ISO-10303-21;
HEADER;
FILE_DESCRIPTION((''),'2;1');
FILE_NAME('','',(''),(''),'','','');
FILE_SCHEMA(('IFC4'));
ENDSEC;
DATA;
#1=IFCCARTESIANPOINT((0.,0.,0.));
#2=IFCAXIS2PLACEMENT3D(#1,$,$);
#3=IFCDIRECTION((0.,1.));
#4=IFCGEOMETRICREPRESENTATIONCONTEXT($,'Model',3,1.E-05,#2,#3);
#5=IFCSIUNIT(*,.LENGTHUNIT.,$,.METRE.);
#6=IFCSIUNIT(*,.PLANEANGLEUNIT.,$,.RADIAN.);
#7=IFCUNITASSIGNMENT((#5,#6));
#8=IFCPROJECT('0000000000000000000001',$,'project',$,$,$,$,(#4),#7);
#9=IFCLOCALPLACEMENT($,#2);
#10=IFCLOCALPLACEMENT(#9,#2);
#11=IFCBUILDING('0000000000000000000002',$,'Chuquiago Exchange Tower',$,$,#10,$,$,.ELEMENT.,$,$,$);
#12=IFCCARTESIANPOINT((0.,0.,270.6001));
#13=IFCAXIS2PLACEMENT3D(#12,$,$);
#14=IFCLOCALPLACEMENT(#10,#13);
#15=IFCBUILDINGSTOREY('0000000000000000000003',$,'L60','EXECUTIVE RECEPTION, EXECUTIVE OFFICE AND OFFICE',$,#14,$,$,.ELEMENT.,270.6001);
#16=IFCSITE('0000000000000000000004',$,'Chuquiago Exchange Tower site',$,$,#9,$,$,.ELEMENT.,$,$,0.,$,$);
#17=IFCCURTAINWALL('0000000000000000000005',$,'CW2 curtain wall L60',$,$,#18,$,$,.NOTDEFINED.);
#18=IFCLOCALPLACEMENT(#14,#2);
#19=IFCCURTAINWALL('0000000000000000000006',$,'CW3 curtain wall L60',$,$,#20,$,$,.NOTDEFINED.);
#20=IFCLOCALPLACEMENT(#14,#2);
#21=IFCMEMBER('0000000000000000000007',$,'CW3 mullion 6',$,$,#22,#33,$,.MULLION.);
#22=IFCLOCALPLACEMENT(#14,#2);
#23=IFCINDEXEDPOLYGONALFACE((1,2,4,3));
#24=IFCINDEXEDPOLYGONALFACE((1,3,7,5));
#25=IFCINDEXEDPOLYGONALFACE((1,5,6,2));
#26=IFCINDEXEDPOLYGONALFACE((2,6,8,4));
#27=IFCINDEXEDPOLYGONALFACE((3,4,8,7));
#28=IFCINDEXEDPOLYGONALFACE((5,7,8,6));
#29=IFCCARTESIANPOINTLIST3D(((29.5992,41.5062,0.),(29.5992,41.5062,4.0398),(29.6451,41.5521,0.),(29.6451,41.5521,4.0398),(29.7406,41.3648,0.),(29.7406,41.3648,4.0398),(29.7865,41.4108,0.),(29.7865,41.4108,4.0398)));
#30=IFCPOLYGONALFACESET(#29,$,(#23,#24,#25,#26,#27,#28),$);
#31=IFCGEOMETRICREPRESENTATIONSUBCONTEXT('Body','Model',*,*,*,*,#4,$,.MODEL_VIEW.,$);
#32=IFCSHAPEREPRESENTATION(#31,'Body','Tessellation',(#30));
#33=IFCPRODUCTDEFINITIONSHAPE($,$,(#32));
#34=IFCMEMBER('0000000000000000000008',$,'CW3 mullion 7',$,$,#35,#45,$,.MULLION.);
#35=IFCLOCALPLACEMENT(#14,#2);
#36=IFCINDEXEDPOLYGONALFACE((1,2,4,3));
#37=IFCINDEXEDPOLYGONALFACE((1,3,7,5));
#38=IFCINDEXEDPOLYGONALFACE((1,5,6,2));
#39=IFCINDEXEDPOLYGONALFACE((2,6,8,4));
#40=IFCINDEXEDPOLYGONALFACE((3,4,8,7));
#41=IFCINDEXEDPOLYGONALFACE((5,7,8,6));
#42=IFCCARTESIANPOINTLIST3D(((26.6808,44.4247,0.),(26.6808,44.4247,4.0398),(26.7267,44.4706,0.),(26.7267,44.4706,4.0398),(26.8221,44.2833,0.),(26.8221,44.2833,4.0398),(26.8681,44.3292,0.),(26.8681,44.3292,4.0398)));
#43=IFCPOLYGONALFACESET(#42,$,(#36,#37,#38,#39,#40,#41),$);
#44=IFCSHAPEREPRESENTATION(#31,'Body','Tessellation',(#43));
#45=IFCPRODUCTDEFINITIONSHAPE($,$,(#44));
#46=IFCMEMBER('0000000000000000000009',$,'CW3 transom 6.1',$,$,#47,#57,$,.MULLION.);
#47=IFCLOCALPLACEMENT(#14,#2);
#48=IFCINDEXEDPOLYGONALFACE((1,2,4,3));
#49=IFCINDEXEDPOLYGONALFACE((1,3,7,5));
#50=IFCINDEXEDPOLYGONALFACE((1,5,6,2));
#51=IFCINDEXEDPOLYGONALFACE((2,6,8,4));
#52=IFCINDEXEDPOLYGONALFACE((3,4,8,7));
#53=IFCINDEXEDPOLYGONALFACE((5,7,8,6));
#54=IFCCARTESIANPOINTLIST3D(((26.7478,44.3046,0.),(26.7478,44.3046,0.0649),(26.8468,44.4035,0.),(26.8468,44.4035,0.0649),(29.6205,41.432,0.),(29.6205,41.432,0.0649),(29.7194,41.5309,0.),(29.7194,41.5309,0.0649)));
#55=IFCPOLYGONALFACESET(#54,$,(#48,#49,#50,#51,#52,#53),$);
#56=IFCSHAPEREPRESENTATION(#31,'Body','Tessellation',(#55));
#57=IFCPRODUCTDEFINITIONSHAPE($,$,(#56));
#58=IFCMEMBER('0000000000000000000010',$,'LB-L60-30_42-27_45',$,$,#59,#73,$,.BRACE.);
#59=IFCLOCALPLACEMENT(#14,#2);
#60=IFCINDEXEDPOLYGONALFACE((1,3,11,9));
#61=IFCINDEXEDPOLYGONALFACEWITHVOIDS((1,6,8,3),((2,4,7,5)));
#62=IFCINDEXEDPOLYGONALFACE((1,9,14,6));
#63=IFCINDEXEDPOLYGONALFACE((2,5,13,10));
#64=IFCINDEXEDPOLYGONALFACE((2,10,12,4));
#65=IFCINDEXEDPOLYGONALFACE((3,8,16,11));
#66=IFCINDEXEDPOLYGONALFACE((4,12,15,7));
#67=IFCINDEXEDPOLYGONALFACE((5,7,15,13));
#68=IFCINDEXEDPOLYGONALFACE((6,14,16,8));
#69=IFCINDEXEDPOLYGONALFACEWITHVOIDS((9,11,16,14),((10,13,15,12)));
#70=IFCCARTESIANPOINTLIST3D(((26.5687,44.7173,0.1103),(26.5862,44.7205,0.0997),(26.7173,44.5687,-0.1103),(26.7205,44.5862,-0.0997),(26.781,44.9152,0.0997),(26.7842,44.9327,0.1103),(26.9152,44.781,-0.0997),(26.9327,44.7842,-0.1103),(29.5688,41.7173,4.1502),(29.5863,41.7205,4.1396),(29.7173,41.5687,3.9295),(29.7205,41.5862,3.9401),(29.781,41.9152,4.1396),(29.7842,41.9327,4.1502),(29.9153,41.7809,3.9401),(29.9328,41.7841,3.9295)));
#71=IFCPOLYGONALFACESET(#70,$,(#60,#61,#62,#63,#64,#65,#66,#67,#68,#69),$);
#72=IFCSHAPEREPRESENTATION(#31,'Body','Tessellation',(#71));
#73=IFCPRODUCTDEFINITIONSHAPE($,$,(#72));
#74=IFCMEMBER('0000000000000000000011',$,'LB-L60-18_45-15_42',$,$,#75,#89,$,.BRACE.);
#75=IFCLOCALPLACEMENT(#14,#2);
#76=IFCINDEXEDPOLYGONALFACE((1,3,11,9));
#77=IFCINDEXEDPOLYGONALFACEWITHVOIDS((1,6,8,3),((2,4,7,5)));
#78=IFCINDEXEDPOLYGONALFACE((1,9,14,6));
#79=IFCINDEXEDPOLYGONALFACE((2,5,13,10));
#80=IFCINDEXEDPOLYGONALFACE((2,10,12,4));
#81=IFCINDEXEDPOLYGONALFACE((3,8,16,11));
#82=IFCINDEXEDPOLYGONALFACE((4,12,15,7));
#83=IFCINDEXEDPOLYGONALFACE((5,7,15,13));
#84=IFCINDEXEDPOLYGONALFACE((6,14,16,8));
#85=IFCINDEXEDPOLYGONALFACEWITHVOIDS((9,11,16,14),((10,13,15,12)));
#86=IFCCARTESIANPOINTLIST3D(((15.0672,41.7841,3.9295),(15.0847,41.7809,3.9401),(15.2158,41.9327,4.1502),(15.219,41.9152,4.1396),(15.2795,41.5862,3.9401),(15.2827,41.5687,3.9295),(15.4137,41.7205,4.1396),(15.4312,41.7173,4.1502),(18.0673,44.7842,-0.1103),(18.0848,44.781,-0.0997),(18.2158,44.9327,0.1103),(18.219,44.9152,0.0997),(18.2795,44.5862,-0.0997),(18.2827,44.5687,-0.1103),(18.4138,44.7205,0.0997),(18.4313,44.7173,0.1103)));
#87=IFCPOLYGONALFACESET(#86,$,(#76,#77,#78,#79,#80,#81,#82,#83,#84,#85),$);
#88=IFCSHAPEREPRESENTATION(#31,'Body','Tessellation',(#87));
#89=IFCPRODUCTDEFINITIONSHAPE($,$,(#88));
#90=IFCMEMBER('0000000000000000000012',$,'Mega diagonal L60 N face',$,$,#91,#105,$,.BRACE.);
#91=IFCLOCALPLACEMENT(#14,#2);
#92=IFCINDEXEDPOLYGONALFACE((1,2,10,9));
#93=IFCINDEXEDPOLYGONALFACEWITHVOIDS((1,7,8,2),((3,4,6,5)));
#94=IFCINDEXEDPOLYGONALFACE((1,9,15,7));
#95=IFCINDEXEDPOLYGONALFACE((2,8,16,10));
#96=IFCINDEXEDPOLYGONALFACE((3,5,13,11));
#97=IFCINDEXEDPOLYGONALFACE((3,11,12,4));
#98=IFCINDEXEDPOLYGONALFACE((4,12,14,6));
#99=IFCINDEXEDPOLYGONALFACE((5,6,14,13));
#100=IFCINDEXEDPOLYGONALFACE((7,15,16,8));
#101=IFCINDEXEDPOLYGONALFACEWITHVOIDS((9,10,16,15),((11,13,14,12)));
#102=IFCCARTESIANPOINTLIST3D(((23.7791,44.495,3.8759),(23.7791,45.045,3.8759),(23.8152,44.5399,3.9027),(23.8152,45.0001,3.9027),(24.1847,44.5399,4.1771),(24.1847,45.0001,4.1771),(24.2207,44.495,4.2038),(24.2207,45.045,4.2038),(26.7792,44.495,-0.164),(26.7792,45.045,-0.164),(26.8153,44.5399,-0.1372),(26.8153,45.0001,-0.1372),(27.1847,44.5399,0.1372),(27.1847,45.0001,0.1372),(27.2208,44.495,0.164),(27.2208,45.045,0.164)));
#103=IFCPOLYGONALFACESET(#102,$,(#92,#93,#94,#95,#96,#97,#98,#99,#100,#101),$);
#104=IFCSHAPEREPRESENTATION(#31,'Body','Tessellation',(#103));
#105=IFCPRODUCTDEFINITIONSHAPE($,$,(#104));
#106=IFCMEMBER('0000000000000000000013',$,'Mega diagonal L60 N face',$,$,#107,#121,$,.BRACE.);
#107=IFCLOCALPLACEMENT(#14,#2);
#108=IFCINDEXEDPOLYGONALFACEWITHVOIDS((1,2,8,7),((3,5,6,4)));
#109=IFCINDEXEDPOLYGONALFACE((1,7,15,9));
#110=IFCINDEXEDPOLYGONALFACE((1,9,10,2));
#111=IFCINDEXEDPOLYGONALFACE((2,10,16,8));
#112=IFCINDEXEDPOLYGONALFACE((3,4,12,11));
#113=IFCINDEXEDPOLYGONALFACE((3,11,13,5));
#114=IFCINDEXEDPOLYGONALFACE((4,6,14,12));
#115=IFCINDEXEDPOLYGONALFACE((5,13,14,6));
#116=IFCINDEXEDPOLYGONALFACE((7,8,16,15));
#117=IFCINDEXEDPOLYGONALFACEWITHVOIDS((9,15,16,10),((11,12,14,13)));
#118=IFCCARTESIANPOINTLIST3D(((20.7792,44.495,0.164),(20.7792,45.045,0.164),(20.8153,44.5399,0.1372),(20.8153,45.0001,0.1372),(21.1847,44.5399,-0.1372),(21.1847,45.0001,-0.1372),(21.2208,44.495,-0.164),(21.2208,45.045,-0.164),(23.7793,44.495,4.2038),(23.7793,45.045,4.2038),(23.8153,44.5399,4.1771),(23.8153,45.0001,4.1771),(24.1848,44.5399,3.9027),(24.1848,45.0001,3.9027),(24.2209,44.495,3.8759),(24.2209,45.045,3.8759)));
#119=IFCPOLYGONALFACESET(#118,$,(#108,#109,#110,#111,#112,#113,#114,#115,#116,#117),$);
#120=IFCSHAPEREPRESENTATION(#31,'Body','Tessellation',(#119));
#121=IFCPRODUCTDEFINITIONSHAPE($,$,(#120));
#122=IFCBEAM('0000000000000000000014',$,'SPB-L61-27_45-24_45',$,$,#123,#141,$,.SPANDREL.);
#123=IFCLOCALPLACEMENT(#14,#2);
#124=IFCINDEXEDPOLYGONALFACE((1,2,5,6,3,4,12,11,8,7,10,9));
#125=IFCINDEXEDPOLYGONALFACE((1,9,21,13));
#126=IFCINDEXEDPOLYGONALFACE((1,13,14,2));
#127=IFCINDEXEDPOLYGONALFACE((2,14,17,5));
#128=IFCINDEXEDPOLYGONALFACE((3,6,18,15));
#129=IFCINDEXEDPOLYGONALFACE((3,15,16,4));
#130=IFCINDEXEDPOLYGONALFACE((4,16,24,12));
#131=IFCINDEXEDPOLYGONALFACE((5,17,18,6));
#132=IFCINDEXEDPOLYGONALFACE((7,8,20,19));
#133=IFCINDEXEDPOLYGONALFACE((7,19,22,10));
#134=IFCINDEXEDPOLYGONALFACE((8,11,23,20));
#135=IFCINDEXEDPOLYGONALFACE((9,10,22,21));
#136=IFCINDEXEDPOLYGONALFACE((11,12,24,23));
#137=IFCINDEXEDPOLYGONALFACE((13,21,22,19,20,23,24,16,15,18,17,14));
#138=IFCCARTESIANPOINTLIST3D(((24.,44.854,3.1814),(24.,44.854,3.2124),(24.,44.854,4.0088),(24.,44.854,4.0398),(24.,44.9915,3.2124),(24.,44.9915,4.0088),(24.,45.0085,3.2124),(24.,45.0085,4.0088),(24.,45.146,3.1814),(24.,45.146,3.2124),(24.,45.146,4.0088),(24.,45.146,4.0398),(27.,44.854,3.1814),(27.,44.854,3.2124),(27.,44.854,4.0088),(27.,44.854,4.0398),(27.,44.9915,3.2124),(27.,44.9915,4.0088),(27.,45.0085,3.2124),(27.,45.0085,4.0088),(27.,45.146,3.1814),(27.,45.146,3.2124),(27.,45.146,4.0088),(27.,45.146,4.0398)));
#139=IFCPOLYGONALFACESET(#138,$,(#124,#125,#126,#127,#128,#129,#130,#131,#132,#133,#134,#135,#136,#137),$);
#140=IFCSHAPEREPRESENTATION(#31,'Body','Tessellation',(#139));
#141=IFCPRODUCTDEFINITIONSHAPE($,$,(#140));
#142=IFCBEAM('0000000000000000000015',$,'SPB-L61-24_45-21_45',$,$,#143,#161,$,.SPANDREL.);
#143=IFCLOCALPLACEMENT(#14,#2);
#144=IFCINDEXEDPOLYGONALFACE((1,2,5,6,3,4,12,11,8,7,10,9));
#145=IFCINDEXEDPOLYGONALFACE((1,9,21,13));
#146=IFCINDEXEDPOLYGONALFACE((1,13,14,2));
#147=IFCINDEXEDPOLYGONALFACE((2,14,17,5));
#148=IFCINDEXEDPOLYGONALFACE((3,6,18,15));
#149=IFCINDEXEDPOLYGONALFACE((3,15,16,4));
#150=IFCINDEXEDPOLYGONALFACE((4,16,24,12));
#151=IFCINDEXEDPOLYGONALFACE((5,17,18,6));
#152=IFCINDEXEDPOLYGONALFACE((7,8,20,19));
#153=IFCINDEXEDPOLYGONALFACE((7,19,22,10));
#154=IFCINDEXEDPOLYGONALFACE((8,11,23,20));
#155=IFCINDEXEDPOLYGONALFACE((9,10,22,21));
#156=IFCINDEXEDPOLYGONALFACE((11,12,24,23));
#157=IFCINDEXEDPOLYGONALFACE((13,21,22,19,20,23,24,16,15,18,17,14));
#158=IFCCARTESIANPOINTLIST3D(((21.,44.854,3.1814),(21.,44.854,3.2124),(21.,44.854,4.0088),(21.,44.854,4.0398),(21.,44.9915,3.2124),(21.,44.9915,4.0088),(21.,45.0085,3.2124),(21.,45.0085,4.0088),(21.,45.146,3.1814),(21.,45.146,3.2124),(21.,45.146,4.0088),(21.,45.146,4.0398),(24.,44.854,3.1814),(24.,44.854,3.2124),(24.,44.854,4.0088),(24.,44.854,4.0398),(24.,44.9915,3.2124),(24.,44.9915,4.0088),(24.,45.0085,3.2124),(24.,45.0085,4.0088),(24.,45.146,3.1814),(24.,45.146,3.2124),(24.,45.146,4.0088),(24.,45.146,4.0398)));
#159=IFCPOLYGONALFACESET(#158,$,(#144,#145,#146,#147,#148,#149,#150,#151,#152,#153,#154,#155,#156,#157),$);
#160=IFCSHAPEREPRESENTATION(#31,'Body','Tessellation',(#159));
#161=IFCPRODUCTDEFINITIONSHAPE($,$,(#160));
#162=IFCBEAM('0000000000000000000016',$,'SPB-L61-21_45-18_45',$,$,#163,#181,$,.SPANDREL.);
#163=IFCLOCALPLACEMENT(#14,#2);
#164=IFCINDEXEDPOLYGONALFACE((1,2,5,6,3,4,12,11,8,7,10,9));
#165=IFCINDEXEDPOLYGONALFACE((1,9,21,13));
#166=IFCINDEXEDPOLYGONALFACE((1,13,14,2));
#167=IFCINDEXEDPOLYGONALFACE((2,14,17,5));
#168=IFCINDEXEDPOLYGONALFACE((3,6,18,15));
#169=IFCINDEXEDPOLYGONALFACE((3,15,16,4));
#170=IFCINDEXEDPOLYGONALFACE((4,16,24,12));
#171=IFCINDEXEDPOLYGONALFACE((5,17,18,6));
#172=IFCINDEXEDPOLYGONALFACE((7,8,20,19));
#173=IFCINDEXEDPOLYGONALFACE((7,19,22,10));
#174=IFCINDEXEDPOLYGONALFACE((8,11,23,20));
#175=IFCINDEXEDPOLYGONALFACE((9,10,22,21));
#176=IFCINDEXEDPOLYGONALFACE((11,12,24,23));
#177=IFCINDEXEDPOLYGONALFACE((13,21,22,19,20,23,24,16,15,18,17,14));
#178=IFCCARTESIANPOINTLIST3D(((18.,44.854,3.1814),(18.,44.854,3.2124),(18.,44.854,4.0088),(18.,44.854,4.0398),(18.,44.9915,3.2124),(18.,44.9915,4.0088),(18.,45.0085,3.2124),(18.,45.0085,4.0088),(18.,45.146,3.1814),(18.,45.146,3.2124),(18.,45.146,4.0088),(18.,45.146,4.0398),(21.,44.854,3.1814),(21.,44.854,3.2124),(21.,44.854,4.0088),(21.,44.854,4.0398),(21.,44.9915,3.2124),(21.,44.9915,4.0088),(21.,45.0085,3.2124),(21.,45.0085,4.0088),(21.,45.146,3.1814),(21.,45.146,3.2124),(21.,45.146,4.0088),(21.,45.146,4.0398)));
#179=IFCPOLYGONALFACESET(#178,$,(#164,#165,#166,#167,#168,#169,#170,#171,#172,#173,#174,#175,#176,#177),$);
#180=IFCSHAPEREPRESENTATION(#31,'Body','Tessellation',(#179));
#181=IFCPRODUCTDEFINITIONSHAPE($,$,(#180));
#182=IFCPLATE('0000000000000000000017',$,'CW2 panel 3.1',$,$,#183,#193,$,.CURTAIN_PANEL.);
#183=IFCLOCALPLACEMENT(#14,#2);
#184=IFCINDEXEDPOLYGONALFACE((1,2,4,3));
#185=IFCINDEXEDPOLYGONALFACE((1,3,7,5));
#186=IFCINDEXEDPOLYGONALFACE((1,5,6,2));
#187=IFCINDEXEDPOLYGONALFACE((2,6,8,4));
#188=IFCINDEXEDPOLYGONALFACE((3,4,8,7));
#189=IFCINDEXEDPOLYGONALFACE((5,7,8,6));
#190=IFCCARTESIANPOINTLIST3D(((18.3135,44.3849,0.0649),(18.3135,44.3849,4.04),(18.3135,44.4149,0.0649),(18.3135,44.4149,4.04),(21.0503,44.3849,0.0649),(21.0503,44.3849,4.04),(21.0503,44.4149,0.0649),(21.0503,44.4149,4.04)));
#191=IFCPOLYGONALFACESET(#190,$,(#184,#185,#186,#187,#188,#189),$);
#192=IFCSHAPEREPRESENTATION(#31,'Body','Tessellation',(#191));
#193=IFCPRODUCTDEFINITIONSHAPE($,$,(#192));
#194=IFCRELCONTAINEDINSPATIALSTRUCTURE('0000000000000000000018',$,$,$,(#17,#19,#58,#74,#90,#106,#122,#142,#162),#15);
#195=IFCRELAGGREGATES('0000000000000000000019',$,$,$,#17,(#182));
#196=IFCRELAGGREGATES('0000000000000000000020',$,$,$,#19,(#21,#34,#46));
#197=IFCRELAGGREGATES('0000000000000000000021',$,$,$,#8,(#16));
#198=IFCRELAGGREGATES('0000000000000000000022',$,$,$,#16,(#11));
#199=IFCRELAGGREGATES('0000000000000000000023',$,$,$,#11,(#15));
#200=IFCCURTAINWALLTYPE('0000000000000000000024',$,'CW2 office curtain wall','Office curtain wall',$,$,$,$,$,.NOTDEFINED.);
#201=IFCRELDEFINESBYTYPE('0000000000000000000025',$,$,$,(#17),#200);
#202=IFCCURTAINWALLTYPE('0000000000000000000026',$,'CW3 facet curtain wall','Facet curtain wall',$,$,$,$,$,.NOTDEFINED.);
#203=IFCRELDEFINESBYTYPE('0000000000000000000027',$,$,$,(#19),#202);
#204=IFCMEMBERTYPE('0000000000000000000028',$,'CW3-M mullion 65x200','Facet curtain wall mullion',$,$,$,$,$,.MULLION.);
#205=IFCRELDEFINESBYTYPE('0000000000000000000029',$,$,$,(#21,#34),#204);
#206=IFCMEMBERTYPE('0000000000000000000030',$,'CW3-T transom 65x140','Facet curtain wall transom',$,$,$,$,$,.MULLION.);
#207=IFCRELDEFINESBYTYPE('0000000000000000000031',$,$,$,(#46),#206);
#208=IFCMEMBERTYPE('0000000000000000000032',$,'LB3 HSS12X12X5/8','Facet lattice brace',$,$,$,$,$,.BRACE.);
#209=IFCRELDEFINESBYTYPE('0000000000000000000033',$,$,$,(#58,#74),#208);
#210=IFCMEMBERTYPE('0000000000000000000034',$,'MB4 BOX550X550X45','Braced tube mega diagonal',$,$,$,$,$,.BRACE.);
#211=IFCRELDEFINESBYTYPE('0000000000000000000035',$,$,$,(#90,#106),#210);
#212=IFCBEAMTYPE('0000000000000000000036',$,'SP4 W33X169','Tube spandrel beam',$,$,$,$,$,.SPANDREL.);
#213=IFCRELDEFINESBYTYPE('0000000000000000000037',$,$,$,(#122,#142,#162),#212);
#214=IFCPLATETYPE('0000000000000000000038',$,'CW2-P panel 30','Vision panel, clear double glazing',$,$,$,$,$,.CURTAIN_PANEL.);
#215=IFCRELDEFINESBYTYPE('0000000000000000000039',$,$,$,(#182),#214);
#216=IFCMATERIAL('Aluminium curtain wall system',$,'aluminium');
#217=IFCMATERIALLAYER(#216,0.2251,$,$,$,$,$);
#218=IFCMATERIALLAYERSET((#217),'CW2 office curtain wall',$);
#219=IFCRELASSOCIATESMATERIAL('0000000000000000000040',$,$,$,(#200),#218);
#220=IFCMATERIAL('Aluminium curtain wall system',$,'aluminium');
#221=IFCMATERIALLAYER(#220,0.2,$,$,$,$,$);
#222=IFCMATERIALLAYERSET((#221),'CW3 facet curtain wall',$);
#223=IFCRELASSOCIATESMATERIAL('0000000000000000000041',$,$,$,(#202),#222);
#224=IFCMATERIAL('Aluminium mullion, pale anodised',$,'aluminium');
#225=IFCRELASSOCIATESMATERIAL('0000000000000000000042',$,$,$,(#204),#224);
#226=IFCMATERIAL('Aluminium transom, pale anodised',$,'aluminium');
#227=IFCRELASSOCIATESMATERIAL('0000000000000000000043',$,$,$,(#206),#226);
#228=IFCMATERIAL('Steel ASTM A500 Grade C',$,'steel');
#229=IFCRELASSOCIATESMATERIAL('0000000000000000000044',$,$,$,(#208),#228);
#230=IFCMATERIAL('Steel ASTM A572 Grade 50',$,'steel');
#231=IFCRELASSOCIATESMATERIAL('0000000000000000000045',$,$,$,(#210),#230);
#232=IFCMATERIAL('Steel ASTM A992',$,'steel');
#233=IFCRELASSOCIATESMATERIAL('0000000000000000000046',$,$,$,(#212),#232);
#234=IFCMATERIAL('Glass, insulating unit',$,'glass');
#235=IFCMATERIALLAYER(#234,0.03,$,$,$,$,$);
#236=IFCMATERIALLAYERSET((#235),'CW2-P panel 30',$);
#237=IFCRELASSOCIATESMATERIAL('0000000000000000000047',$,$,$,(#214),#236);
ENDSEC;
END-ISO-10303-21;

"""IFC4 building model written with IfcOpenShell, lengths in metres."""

from ifc_helpers import new_model, si_unit, direction, frame, origin, origin_2d, place, context, subcontext, project, spatial, rectangle, hollow_rectangle, i_section, extrude, material, layer, layer_set, material_profile, profile_set, type_object, element, aggregate, save


model = new_model("IFC4")

# Units and contexts
model_context = context("Model", 3, precision=1e-05, world=origin(), true_north=direction((0.0, 1.0)))
body_context = subcontext(model_context, "Body", "Model", "MODEL_VIEW")
ifc_project = project(units=[si_unit("LENGTHUNIT", "METRE"), si_unit("PLANEANGLEUNIT", "RADIAN")], contexts=[model_context])

# Site, building, storey
site_placement = place(None, origin())
site = spatial("IfcSite", under=ifc_project, at=site_placement, Name="Chuquiago Exchange Tower site", CompositionType="ELEMENT", RefElevation=0.0)
building_placement = place(site_placement, origin())
building = spatial("IfcBuilding", under=site, at=building_placement, Name="Chuquiago Exchange Tower", CompositionType="ELEMENT")
storey_placement = place(building_placement, frame((0.0, 0.0, 270.6001)))
storey = spatial("IfcBuildingStorey", under=building, at=storey_placement, Name="L60", Description="EXECUTIVE RECEPTION, EXECUTIVE OFFICE AND OFFICE", CompositionType="ELEMENT", Elevation=270.6001)

# Curtain walls, members
ifc_material_1 = material(Name="Aluminium curtain wall system", Category="aluminium")
ifc_layer_1 = layer(ifc_material_1, 0.2251)
ifc_layer_set_1 = layer_set([ifc_layer_1], Name="CW2 office curtain wall")
curtain_wall_type_1 = type_object("IfcCurtainWallType", Name="CW2 office curtain wall", Description="Office curtain wall", PredefinedType="NOTDEFINED", material=ifc_layer_set_1)
curtain_wall_1_placement = place(storey_placement, origin())
curtain_wall_1 = element("IfcCurtainWall", 1, at=curtain_wall_1_placement, inside=storey, type_object=curtain_wall_type_1, Name="CW2 curtain wall L60", PredefinedType="NOTDEFINED")
ifc_material_2 = material(Name="Aluminium curtain wall system", Category="aluminium")
ifc_layer_2 = layer(ifc_material_2, 0.2)
ifc_layer_set_2 = layer_set([ifc_layer_2], Name="CW3 facet curtain wall")
curtain_wall_type_2 = type_object("IfcCurtainWallType", Name="CW3 facet curtain wall", Description="Facet curtain wall", PredefinedType="NOTDEFINED", material=ifc_layer_set_2)
curtain_wall_2_placement = place(storey_placement, origin())
curtain_wall_2 = element("IfcCurtainWall", 2, at=curtain_wall_2_placement, inside=storey, type_object=curtain_wall_type_2, Name="CW3 curtain wall L60", PredefinedType="NOTDEFINED")
ifc_material_3 = material(Name="Aluminium mullion, pale anodised", Category="aluminium")
ifc_material_profile_1 = material_profile(ifc_material_3, rectangle(XDim=0.0649, YDim=0.2, at=origin_2d()), Name="AL 65x200")
ifc_profile_set_1 = profile_set([ifc_material_profile_1], Name="Aluminium mullion, pale anodised")
member_type_1 = type_object("IfcMemberType", Name="CW3-M mullion 65x200", Description="Facet curtain wall mullion", PredefinedType="MULLION", material=ifc_profile_set_1)
member_1_placement = place(storey_placement, frame((29.6929, 41.4585, 0.0), z_axis=(0.0, 0.0, 1.0), x_axis=(-0.707107, -0.707107, 0.0)))
member_1 = element("IfcMember", 3, at=member_1_placement, type_object=member_type_1, Name="CW3 mullion 6", PredefinedType="MULLION", context=body_context, shape_type="SweptSolid", body=[
    extrude(rectangle(XDim=0.0649, YDim=0.2, at=origin_2d()), origin(), (0.0, 0.0, 1.0), 4.0398),
])
member_2_placement = place(storey_placement, frame((26.7744, 44.377, 0.0), z_axis=(0.0, 0.0, 1.0), x_axis=(-0.707107, -0.707107, 0.0)))
member_2 = element("IfcMember", 4, at=member_2_placement, type_object=member_type_1, Name="CW3 mullion 7", PredefinedType="MULLION", context=body_context, shape_type="SweptSolid", body=[
    extrude(rectangle(XDim=0.0649, YDim=0.2, at=origin_2d()), origin(), (0.0, 0.0, 1.0), 4.0398),
])
ifc_material_4 = material(Name="Aluminium transom, pale anodised", Category="aluminium")
ifc_material_profile_2 = material_profile(ifc_material_4, rectangle(XDim=0.1399, YDim=0.0649, at=origin_2d()), Name="AL 140x65")
ifc_profile_set_2 = profile_set([ifc_material_profile_2], Name="Aluminium transom, pale anodised")
member_type_2 = type_object("IfcMemberType", Name="CW3-T transom 65x140", Description="Facet curtain wall transom", PredefinedType="MULLION", material=ifc_profile_set_2)
member_3_placement = place(storey_placement, frame((29.6699, 41.4814, 0.0325), z_axis=(-0.707107, 0.707107, 0.0), x_axis=(-0.707107, -0.707107, 0.0)))
member_3 = element("IfcMember", 5, at=member_3_placement, type_object=member_type_2, Name="CW3 transom 6.1", PredefinedType="MULLION", context=body_context, shape_type="SweptSolid", body=[
    extrude(rectangle(XDim=0.1399, YDim=0.0649, at=origin_2d()), origin(), (0.0, 0.0, 1.0), 4.0625),
])

# Members
ifc_material_5 = material(Name="Steel ASTM A500 Grade C", Category="steel")
ifc_material_profile_3 = material_profile(ifc_material_5, hollow_rectangle(XDim=0.3047, YDim=0.3047, WallThickness=0.0146, at=origin_2d()), Name="HSS12X12X5/8")
ifc_profile_set_3 = profile_set([ifc_material_profile_3], Name="Steel ASTM A500 Grade C")
member_type_3 = type_object("IfcMemberType", Name="LB3 HSS12X12X5/8", Description="Facet lattice brace", PredefinedType="BRACE", material=ifc_profile_set_3)
for number, where, z_axis, x_axis, name in (
    (6, (26.7507, 44.7507, 0.0), (0.512092, -0.512092, 0.689582), (0.707107, 0.707107, 0.0), "LB-L60-30_42-27_45"),
    (7, (18.2493, 44.7507, 0.0), (-0.512092, -0.512092, 0.689582), (0.707107, -0.707107, 0.0), "LB-L60-18_45-15_42"),
):
    element("IfcMember", number, at=place(storey_placement, frame(where, z_axis=z_axis, x_axis=x_axis)), inside=storey, type_object=member_type_3, Name=name, PredefinedType="BRACE", context=body_context, shape_type="SweptSolid", body=[
        extrude(hollow_rectangle(XDim=0.3047, YDim=0.3047, WallThickness=0.0146, at=origin_2d()), origin(), (0.0, 0.0, 1.0), 5.8584),
    ])
ifc_material_6 = material(Name="Steel ASTM A572 Grade 50", Category="steel")
ifc_material_profile_4 = material_profile(ifc_material_6, hollow_rectangle(XDim=0.55, YDim=0.55, WallThickness=0.0449, at=origin_2d()), Name="BOX550X550X45")
ifc_profile_set_4 = profile_set([ifc_material_profile_4], Name="Steel ASTM A572 Grade 50")
member_type_4 = type_object("IfcMemberType", Name="MB4 BOX550X550X45", Description="Braced tube mega diagonal", PredefinedType="BRACE", material=ifc_profile_set_4)
for number, where, z_axis, x_axis, name in (
    (8, (27.0, 44.77, 0.0), (-0.596197, 0.0, 0.802838), (0.0, -1.0, 0.0), "Mega diagonal L60 N face"),
    (9, (21.0, 44.77, 0.0), (0.596197, 0.0, 0.802838), (0.0, 1.0, 0.0), "Mega diagonal L60 N face"),
):
    element("IfcMember", number, at=place(storey_placement, frame(where, z_axis=z_axis, x_axis=x_axis)), inside=storey, type_object=member_type_4, Name=name, PredefinedType="BRACE", context=body_context, shape_type="SweptSolid", body=[
        extrude(hollow_rectangle(XDim=0.55, YDim=0.55, WallThickness=0.0449, at=origin_2d()), origin(), (0.0, 0.0, 1.0), 5.032),
    ])

# Beams
ifc_material_7 = material(Name="Steel ASTM A992", Category="steel")
ifc_material_profile_5 = material_profile(ifc_material_7, i_section(OverallWidth=0.292, OverallDepth=0.8584, WebThickness=0.0171, FlangeThickness=0.031, at=origin_2d()), Name="W33X169")
ifc_profile_set_5 = profile_set([ifc_material_profile_5], Name="Steel ASTM A992")
beam_type = type_object("IfcBeamType", Name="SP4 W33X169", Description="Tube spandrel beam", PredefinedType="SPANDREL", material=ifc_profile_set_5)
for number, where, z_axis, x_axis, name in (
    (10, (27.0, 45.0, 3.6106), (-1.0, 0.0, 0.0), (0.0, -1.0, 0.0), "SPB-L61-27_45-24_45"),
    (11, (24.0, 45.0, 3.6106), (-1.0, 0.0, 0.0), (0.0, -1.0, 0.0), "SPB-L61-24_45-21_45"),
    (12, (21.0, 45.0, 3.6106), (-1.0, 0.0, 0.0), (0.0, -1.0, 0.0), "SPB-L61-21_45-18_45"),
):
    element("IfcBeam", number, at=place(storey_placement, frame(where, z_axis=z_axis, x_axis=x_axis)), inside=storey, type_object=beam_type, Name=name, PredefinedType="SPANDREL", context=body_context, shape_type="SweptSolid", body=[
        extrude(i_section(OverallWidth=0.292, OverallDepth=0.8584, WebThickness=0.0171, FlangeThickness=0.031, at=origin_2d()), origin(), (0.0, 0.0, 1.0), 3.0),
    ])

# Plate
ifc_material_8 = material(Name="Glass, insulating unit", Category="glass")
ifc_layer_3 = layer(ifc_material_8, 0.03)
ifc_layer_set_3 = layer_set([ifc_layer_3], Name="CW2-P panel 30")
plate_type_1 = type_object("IfcPlateType", Name="CW2-P panel 30", Description="Vision panel, clear double glazing", PredefinedType="CURTAIN_PANEL", material=ifc_layer_set_3)
plate_1_placement = place(storey_placement, frame((19.6819, 44.3999, 0.0649), z_axis=(0.0, 0.0, 1.0), x_axis=(-1.0, 0.0, 0.0)))
plate_1 = element("IfcPlate", 13, at=plate_1_placement, type_object=plate_type_1, Name="CW2 panel 3.1", PredefinedType="CURTAIN_PANEL", context=body_context, shape_type="SweptSolid", body=[
    extrude(rectangle(XDim=2.7368, YDim=0.03, at=origin_2d()), origin(), (0.0, 0.0, 1.0), 3.9751),
])
aggregate(curtain_wall_1, [plate_1])
aggregate(curtain_wall_2, [member_1, member_2, member_3])

save(model, "model.ifc")
